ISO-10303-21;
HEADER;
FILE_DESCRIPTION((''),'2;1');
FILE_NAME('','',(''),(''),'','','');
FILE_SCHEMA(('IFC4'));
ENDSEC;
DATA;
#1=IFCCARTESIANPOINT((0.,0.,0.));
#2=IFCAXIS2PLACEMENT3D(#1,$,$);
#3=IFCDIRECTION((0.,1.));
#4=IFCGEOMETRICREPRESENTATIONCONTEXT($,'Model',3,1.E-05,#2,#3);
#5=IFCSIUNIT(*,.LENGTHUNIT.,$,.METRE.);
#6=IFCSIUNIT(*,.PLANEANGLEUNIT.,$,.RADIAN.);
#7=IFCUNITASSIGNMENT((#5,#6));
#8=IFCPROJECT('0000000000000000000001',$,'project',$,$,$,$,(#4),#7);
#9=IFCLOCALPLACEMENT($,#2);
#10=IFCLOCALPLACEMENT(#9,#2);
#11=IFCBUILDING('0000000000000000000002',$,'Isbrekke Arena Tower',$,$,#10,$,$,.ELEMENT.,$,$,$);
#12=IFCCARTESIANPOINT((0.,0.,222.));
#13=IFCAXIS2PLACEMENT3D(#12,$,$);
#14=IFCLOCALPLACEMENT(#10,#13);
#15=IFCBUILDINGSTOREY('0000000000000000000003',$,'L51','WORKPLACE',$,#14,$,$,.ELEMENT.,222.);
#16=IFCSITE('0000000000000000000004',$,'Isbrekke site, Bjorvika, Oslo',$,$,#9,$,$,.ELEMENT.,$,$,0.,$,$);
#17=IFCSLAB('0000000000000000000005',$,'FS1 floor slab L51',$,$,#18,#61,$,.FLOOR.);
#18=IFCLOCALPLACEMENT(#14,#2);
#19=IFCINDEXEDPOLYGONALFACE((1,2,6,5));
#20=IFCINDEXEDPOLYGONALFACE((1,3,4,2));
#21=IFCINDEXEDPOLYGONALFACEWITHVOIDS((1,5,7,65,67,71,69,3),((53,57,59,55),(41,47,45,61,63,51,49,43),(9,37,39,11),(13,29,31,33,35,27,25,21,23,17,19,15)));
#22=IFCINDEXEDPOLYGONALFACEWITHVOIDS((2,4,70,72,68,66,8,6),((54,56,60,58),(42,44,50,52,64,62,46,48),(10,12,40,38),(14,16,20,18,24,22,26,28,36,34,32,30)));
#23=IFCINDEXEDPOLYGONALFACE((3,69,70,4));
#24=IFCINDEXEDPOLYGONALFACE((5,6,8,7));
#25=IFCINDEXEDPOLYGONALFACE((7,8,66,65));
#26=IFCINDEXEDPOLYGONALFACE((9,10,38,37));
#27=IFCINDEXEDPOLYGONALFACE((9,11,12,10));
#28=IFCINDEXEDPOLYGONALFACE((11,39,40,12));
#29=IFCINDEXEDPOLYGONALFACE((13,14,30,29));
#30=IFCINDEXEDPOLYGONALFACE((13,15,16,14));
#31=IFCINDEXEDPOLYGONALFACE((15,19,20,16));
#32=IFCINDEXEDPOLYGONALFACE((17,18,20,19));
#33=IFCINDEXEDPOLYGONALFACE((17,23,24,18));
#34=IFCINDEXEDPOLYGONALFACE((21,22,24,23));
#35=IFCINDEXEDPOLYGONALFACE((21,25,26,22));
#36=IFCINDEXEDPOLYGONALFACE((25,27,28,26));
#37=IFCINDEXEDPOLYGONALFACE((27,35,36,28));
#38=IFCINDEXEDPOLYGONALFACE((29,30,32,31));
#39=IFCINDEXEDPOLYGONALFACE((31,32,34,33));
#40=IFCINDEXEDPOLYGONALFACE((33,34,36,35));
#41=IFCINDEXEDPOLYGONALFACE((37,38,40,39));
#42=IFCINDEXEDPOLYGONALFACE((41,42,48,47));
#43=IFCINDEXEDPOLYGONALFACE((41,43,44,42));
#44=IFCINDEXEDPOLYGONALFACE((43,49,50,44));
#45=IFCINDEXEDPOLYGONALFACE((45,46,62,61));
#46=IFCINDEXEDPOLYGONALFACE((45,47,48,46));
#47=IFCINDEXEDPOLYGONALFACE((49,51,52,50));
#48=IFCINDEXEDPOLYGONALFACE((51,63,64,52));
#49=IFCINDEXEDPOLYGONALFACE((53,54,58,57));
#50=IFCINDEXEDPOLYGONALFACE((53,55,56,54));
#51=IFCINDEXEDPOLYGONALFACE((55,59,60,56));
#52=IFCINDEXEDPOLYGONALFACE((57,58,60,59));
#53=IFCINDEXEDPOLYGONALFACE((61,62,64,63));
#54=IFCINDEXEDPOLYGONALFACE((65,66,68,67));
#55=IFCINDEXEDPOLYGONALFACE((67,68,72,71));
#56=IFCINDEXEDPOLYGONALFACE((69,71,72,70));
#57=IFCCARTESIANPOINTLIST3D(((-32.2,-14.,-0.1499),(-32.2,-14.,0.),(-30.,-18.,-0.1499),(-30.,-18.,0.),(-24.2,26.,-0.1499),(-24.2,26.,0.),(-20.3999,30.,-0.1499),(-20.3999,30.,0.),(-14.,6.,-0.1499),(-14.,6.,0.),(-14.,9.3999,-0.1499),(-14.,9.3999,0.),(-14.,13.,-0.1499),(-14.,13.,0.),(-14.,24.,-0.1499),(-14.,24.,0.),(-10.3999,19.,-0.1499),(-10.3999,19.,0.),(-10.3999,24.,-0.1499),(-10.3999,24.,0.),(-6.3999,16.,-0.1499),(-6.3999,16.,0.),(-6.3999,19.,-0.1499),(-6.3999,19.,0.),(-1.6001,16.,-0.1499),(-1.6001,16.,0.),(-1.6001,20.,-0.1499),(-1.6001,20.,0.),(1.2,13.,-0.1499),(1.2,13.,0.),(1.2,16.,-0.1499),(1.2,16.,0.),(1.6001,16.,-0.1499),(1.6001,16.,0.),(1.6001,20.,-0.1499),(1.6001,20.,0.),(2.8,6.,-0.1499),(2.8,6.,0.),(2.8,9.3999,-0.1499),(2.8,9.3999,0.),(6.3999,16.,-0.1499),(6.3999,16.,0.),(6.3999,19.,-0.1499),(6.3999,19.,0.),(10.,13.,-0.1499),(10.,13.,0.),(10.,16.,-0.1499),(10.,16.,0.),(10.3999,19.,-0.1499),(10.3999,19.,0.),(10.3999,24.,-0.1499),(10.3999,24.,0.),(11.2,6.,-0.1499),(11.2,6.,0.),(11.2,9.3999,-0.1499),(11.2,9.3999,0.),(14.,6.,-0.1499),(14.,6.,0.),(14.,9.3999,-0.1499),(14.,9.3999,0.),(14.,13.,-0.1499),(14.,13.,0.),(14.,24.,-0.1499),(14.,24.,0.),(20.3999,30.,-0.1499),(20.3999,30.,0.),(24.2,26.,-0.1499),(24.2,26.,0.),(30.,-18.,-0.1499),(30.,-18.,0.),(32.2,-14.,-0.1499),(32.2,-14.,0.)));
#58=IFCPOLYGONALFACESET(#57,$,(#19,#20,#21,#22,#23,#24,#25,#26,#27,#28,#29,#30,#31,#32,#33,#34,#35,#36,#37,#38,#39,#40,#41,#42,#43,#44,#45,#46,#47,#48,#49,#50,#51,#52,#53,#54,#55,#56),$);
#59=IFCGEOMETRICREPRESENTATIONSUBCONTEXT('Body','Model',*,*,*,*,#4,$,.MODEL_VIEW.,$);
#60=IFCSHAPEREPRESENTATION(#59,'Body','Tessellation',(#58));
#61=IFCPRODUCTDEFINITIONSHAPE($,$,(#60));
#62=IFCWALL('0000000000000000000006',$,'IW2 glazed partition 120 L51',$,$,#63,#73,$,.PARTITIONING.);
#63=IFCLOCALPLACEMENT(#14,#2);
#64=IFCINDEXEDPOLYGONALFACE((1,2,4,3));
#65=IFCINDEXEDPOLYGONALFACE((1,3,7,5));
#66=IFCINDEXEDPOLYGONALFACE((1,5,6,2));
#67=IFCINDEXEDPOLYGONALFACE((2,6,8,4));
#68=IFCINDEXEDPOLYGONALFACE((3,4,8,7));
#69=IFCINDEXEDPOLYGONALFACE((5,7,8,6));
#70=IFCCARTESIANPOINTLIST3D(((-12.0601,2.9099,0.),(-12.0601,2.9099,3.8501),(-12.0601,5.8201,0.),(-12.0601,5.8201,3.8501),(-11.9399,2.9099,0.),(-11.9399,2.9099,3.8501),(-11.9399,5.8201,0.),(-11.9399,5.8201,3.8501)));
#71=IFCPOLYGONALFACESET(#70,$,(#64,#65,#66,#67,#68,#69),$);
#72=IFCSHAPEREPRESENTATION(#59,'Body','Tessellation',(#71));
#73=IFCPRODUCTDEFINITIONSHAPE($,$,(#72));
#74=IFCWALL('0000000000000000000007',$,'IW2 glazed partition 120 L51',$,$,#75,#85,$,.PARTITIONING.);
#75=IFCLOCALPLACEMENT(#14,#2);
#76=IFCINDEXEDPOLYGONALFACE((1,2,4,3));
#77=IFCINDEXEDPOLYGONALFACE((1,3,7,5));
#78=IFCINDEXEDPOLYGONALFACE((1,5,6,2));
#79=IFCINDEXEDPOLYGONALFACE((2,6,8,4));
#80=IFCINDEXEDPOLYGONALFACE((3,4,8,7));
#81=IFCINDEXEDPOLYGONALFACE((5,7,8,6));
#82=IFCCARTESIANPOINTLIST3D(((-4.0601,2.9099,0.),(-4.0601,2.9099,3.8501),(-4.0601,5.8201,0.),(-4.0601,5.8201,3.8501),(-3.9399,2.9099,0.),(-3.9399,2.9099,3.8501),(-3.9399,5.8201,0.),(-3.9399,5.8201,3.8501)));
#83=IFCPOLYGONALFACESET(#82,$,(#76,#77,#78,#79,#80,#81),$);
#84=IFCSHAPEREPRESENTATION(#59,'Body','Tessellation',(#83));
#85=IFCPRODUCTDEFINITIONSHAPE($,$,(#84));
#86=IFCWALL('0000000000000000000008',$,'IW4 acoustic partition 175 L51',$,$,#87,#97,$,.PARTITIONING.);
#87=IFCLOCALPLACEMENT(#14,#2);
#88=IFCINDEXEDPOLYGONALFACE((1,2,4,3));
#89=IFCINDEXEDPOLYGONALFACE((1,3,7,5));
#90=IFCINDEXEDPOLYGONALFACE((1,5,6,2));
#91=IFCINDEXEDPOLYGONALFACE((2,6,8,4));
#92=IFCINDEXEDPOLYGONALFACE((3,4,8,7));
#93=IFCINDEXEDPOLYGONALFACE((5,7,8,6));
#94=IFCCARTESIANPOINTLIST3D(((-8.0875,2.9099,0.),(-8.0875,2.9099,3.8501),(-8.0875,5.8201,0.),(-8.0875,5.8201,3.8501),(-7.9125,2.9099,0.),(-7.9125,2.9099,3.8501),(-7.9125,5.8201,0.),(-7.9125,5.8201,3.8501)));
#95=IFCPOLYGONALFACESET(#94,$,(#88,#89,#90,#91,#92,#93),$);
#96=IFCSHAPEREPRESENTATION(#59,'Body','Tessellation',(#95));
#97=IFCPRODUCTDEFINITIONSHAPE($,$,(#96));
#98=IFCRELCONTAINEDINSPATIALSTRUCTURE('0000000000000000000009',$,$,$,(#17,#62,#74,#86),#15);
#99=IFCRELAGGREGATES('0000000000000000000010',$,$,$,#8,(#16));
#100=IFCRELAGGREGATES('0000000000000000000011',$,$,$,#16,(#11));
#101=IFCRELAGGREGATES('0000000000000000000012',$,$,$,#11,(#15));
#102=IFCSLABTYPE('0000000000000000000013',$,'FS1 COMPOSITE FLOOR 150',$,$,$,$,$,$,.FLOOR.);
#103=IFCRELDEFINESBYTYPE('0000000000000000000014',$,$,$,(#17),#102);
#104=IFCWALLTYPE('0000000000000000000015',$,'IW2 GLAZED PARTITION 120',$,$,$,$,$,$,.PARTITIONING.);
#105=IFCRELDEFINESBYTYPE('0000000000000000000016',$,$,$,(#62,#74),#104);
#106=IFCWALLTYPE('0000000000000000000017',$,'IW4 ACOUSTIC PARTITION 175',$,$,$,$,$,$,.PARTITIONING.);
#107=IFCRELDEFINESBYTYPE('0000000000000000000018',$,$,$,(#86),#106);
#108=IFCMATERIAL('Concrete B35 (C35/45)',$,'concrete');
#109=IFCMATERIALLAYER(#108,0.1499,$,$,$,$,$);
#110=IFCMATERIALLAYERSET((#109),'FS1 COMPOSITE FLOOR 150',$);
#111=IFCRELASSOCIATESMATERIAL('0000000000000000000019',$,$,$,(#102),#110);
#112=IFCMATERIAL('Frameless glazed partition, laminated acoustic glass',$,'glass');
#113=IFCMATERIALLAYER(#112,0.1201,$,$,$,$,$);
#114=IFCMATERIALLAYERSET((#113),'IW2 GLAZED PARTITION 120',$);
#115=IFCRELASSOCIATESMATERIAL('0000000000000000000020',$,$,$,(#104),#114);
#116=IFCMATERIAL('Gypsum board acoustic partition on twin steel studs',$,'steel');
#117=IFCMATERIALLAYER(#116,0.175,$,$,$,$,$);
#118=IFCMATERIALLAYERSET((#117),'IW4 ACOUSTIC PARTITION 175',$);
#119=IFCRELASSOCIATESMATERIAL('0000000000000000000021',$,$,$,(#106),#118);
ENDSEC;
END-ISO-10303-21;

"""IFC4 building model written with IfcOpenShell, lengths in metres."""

from ifc_helpers import new_model, si_unit, direction, frame, frame_2d, origin, place, context, subcontext, project, spatial, polyline, rectangle, outline, extrude, material, layer, layer_set, type_object, element, save


model = new_model("IFC4")

# Units and contexts
model_context = context("Model", 3, precision=1e-05, world=origin(), true_north=direction((0.0, 1.0)))
body_context = subcontext(model_context, "Body", "Model", "MODEL_VIEW")
ifc_project = project(units=[si_unit("LENGTHUNIT", "METRE"), si_unit("PLANEANGLEUNIT", "RADIAN")], contexts=[model_context])

# Site, building, storey
site_placement = place(None, origin())
site = spatial("IfcSite", under=ifc_project, at=site_placement, Name="Isbrekke site, Bjorvika, Oslo", CompositionType="ELEMENT", RefElevation=0.0)
building_placement = place(site_placement, origin())
building = spatial("IfcBuilding", under=site, at=building_placement, Name="Isbrekke Arena Tower", CompositionType="ELEMENT")
storey_placement = place(building_placement, frame((0.0, 0.0, 222.0)))
storey = spatial("IfcBuildingStorey", under=building, at=storey_placement, Name="L51", Description="WORKPLACE", CompositionType="ELEMENT", Elevation=222.0)

# Slab
ifc_material_1 = material(Name="Concrete B35 (C35/45)", Category="concrete")
ifc_layer_1 = layer(ifc_material_1, 0.1499)
ifc_layer_set_1 = layer_set([ifc_layer_1], Name="FS1 COMPOSITE FLOOR 150")
slab_type = type_object("IfcSlabType", Name="FS1 COMPOSITE FLOOR 150", PredefinedType="FLOOR", material=ifc_layer_set_1)
slab_placement = place(storey_placement, frame((0.0, 0.0, -0.1499)))
element("IfcSlab", 1, at=slab_placement, inside=storey, type_object=slab_type, Name="FS1 floor slab L51", PredefinedType="FLOOR", context=body_context, shape_type="SweptSolid", body=[
    extrude(outline(polyline([(-30.0, -18.0), (30.0, -18.0), (32.2, -14.0), (24.2, 26.0), (20.3999, 30.0), (-20.3999, 30.0), (-24.2, 26.0), (-32.2, -14.0), (-30.0, -18.0)]), holes=[polyline([(2.8, 9.3999), (2.8, 6.0), (-14.0, 6.0), (-14.0, 9.3999), (2.8, 9.3999)]), polyline([(11.2, 6.0), (11.2, 9.3999), (14.0, 9.3999), (14.0, 6.0), (11.2, 6.0)]), polyline([(-14.0, 13.0), (-14.0, 24.0), (-10.3999, 24.0), (-10.3999, 19.0), (-6.3999, 19.0), (-6.3999, 16.0), (-1.6001, 16.0), (-1.6001, 20.0), (1.6001, 20.0), (1.6001, 16.0), (1.2, 16.0), (1.2, 13.0), (-14.0, 13.0)]), polyline([(10.0, 13.0), (10.0, 16.0), (6.3999, 16.0), (6.3999, 19.0), (10.3999, 19.0), (10.3999, 24.0), (14.0, 24.0), (14.0, 13.0), (10.0, 13.0)])]), origin(), (0.0, 0.0, 1.0), 0.1499),
])

# Walls
ifc_material_2 = material(Name="Frameless glazed partition, laminated acoustic glass", Category="glass")
ifc_layer_2 = layer(ifc_material_2, 0.1201)
ifc_layer_set_2 = layer_set([ifc_layer_2], Name="IW2 GLAZED PARTITION 120")
wall_type_1 = type_object("IfcWallType", Name="IW2 GLAZED PARTITION 120", PredefinedType="PARTITIONING", material=ifc_layer_set_2)
for number, where, z_axis, x_axis, name in (
    (2, (-12.0, 2.9099, 0.0), (0.0, 0.0, 1.0), (0.0, 1.0, 0.0), "IW2 glazed partition 120 L51"),
    (3, (-4.0, 2.9099, 0.0), (0.0, 0.0, 1.0), (0.0, 1.0, 0.0), "IW2 glazed partition 120 L51"),
):
    element("IfcWall", number, at=place(storey_placement, frame(where, z_axis=z_axis, x_axis=x_axis)), inside=storey, type_object=wall_type_1, Name=name, PredefinedType="PARTITIONING", context=body_context, shape_type="SweptSolid", body=[
        extrude(rectangle(XDim=2.9102, YDim=0.1201, at=frame_2d((1.4551, 0.0))), origin(), (0.0, 0.0, 1.0), 3.8501),
    ])
ifc_material_3 = material(Name="Gypsum board acoustic partition on twin steel studs", Category="steel")
ifc_layer_3 = layer(ifc_material_3, 0.175)
ifc_layer_set_3 = layer_set([ifc_layer_3], Name="IW4 ACOUSTIC PARTITION 175")
wall_type_2 = type_object("IfcWallType", Name="IW4 ACOUSTIC PARTITION 175", PredefinedType="PARTITIONING", material=ifc_layer_set_3)
wall_placement = place(storey_placement, frame((-8.0, 2.9099, 0.0), z_axis=(0.0, 0.0, 1.0), x_axis=(0.0, 1.0, 0.0)))
element("IfcWall", 4, at=wall_placement, inside=storey, type_object=wall_type_2, Name="IW4 acoustic partition 175 L51", PredefinedType="PARTITIONING", context=body_context, shape_type="SweptSolid", body=[
    extrude(rectangle(XDim=2.9102, YDim=0.175, at=frame_2d((1.4551, 0.0))), origin(), (0.0, 0.0, 1.0), 3.8501),
])

save(model, "model.ifc")
